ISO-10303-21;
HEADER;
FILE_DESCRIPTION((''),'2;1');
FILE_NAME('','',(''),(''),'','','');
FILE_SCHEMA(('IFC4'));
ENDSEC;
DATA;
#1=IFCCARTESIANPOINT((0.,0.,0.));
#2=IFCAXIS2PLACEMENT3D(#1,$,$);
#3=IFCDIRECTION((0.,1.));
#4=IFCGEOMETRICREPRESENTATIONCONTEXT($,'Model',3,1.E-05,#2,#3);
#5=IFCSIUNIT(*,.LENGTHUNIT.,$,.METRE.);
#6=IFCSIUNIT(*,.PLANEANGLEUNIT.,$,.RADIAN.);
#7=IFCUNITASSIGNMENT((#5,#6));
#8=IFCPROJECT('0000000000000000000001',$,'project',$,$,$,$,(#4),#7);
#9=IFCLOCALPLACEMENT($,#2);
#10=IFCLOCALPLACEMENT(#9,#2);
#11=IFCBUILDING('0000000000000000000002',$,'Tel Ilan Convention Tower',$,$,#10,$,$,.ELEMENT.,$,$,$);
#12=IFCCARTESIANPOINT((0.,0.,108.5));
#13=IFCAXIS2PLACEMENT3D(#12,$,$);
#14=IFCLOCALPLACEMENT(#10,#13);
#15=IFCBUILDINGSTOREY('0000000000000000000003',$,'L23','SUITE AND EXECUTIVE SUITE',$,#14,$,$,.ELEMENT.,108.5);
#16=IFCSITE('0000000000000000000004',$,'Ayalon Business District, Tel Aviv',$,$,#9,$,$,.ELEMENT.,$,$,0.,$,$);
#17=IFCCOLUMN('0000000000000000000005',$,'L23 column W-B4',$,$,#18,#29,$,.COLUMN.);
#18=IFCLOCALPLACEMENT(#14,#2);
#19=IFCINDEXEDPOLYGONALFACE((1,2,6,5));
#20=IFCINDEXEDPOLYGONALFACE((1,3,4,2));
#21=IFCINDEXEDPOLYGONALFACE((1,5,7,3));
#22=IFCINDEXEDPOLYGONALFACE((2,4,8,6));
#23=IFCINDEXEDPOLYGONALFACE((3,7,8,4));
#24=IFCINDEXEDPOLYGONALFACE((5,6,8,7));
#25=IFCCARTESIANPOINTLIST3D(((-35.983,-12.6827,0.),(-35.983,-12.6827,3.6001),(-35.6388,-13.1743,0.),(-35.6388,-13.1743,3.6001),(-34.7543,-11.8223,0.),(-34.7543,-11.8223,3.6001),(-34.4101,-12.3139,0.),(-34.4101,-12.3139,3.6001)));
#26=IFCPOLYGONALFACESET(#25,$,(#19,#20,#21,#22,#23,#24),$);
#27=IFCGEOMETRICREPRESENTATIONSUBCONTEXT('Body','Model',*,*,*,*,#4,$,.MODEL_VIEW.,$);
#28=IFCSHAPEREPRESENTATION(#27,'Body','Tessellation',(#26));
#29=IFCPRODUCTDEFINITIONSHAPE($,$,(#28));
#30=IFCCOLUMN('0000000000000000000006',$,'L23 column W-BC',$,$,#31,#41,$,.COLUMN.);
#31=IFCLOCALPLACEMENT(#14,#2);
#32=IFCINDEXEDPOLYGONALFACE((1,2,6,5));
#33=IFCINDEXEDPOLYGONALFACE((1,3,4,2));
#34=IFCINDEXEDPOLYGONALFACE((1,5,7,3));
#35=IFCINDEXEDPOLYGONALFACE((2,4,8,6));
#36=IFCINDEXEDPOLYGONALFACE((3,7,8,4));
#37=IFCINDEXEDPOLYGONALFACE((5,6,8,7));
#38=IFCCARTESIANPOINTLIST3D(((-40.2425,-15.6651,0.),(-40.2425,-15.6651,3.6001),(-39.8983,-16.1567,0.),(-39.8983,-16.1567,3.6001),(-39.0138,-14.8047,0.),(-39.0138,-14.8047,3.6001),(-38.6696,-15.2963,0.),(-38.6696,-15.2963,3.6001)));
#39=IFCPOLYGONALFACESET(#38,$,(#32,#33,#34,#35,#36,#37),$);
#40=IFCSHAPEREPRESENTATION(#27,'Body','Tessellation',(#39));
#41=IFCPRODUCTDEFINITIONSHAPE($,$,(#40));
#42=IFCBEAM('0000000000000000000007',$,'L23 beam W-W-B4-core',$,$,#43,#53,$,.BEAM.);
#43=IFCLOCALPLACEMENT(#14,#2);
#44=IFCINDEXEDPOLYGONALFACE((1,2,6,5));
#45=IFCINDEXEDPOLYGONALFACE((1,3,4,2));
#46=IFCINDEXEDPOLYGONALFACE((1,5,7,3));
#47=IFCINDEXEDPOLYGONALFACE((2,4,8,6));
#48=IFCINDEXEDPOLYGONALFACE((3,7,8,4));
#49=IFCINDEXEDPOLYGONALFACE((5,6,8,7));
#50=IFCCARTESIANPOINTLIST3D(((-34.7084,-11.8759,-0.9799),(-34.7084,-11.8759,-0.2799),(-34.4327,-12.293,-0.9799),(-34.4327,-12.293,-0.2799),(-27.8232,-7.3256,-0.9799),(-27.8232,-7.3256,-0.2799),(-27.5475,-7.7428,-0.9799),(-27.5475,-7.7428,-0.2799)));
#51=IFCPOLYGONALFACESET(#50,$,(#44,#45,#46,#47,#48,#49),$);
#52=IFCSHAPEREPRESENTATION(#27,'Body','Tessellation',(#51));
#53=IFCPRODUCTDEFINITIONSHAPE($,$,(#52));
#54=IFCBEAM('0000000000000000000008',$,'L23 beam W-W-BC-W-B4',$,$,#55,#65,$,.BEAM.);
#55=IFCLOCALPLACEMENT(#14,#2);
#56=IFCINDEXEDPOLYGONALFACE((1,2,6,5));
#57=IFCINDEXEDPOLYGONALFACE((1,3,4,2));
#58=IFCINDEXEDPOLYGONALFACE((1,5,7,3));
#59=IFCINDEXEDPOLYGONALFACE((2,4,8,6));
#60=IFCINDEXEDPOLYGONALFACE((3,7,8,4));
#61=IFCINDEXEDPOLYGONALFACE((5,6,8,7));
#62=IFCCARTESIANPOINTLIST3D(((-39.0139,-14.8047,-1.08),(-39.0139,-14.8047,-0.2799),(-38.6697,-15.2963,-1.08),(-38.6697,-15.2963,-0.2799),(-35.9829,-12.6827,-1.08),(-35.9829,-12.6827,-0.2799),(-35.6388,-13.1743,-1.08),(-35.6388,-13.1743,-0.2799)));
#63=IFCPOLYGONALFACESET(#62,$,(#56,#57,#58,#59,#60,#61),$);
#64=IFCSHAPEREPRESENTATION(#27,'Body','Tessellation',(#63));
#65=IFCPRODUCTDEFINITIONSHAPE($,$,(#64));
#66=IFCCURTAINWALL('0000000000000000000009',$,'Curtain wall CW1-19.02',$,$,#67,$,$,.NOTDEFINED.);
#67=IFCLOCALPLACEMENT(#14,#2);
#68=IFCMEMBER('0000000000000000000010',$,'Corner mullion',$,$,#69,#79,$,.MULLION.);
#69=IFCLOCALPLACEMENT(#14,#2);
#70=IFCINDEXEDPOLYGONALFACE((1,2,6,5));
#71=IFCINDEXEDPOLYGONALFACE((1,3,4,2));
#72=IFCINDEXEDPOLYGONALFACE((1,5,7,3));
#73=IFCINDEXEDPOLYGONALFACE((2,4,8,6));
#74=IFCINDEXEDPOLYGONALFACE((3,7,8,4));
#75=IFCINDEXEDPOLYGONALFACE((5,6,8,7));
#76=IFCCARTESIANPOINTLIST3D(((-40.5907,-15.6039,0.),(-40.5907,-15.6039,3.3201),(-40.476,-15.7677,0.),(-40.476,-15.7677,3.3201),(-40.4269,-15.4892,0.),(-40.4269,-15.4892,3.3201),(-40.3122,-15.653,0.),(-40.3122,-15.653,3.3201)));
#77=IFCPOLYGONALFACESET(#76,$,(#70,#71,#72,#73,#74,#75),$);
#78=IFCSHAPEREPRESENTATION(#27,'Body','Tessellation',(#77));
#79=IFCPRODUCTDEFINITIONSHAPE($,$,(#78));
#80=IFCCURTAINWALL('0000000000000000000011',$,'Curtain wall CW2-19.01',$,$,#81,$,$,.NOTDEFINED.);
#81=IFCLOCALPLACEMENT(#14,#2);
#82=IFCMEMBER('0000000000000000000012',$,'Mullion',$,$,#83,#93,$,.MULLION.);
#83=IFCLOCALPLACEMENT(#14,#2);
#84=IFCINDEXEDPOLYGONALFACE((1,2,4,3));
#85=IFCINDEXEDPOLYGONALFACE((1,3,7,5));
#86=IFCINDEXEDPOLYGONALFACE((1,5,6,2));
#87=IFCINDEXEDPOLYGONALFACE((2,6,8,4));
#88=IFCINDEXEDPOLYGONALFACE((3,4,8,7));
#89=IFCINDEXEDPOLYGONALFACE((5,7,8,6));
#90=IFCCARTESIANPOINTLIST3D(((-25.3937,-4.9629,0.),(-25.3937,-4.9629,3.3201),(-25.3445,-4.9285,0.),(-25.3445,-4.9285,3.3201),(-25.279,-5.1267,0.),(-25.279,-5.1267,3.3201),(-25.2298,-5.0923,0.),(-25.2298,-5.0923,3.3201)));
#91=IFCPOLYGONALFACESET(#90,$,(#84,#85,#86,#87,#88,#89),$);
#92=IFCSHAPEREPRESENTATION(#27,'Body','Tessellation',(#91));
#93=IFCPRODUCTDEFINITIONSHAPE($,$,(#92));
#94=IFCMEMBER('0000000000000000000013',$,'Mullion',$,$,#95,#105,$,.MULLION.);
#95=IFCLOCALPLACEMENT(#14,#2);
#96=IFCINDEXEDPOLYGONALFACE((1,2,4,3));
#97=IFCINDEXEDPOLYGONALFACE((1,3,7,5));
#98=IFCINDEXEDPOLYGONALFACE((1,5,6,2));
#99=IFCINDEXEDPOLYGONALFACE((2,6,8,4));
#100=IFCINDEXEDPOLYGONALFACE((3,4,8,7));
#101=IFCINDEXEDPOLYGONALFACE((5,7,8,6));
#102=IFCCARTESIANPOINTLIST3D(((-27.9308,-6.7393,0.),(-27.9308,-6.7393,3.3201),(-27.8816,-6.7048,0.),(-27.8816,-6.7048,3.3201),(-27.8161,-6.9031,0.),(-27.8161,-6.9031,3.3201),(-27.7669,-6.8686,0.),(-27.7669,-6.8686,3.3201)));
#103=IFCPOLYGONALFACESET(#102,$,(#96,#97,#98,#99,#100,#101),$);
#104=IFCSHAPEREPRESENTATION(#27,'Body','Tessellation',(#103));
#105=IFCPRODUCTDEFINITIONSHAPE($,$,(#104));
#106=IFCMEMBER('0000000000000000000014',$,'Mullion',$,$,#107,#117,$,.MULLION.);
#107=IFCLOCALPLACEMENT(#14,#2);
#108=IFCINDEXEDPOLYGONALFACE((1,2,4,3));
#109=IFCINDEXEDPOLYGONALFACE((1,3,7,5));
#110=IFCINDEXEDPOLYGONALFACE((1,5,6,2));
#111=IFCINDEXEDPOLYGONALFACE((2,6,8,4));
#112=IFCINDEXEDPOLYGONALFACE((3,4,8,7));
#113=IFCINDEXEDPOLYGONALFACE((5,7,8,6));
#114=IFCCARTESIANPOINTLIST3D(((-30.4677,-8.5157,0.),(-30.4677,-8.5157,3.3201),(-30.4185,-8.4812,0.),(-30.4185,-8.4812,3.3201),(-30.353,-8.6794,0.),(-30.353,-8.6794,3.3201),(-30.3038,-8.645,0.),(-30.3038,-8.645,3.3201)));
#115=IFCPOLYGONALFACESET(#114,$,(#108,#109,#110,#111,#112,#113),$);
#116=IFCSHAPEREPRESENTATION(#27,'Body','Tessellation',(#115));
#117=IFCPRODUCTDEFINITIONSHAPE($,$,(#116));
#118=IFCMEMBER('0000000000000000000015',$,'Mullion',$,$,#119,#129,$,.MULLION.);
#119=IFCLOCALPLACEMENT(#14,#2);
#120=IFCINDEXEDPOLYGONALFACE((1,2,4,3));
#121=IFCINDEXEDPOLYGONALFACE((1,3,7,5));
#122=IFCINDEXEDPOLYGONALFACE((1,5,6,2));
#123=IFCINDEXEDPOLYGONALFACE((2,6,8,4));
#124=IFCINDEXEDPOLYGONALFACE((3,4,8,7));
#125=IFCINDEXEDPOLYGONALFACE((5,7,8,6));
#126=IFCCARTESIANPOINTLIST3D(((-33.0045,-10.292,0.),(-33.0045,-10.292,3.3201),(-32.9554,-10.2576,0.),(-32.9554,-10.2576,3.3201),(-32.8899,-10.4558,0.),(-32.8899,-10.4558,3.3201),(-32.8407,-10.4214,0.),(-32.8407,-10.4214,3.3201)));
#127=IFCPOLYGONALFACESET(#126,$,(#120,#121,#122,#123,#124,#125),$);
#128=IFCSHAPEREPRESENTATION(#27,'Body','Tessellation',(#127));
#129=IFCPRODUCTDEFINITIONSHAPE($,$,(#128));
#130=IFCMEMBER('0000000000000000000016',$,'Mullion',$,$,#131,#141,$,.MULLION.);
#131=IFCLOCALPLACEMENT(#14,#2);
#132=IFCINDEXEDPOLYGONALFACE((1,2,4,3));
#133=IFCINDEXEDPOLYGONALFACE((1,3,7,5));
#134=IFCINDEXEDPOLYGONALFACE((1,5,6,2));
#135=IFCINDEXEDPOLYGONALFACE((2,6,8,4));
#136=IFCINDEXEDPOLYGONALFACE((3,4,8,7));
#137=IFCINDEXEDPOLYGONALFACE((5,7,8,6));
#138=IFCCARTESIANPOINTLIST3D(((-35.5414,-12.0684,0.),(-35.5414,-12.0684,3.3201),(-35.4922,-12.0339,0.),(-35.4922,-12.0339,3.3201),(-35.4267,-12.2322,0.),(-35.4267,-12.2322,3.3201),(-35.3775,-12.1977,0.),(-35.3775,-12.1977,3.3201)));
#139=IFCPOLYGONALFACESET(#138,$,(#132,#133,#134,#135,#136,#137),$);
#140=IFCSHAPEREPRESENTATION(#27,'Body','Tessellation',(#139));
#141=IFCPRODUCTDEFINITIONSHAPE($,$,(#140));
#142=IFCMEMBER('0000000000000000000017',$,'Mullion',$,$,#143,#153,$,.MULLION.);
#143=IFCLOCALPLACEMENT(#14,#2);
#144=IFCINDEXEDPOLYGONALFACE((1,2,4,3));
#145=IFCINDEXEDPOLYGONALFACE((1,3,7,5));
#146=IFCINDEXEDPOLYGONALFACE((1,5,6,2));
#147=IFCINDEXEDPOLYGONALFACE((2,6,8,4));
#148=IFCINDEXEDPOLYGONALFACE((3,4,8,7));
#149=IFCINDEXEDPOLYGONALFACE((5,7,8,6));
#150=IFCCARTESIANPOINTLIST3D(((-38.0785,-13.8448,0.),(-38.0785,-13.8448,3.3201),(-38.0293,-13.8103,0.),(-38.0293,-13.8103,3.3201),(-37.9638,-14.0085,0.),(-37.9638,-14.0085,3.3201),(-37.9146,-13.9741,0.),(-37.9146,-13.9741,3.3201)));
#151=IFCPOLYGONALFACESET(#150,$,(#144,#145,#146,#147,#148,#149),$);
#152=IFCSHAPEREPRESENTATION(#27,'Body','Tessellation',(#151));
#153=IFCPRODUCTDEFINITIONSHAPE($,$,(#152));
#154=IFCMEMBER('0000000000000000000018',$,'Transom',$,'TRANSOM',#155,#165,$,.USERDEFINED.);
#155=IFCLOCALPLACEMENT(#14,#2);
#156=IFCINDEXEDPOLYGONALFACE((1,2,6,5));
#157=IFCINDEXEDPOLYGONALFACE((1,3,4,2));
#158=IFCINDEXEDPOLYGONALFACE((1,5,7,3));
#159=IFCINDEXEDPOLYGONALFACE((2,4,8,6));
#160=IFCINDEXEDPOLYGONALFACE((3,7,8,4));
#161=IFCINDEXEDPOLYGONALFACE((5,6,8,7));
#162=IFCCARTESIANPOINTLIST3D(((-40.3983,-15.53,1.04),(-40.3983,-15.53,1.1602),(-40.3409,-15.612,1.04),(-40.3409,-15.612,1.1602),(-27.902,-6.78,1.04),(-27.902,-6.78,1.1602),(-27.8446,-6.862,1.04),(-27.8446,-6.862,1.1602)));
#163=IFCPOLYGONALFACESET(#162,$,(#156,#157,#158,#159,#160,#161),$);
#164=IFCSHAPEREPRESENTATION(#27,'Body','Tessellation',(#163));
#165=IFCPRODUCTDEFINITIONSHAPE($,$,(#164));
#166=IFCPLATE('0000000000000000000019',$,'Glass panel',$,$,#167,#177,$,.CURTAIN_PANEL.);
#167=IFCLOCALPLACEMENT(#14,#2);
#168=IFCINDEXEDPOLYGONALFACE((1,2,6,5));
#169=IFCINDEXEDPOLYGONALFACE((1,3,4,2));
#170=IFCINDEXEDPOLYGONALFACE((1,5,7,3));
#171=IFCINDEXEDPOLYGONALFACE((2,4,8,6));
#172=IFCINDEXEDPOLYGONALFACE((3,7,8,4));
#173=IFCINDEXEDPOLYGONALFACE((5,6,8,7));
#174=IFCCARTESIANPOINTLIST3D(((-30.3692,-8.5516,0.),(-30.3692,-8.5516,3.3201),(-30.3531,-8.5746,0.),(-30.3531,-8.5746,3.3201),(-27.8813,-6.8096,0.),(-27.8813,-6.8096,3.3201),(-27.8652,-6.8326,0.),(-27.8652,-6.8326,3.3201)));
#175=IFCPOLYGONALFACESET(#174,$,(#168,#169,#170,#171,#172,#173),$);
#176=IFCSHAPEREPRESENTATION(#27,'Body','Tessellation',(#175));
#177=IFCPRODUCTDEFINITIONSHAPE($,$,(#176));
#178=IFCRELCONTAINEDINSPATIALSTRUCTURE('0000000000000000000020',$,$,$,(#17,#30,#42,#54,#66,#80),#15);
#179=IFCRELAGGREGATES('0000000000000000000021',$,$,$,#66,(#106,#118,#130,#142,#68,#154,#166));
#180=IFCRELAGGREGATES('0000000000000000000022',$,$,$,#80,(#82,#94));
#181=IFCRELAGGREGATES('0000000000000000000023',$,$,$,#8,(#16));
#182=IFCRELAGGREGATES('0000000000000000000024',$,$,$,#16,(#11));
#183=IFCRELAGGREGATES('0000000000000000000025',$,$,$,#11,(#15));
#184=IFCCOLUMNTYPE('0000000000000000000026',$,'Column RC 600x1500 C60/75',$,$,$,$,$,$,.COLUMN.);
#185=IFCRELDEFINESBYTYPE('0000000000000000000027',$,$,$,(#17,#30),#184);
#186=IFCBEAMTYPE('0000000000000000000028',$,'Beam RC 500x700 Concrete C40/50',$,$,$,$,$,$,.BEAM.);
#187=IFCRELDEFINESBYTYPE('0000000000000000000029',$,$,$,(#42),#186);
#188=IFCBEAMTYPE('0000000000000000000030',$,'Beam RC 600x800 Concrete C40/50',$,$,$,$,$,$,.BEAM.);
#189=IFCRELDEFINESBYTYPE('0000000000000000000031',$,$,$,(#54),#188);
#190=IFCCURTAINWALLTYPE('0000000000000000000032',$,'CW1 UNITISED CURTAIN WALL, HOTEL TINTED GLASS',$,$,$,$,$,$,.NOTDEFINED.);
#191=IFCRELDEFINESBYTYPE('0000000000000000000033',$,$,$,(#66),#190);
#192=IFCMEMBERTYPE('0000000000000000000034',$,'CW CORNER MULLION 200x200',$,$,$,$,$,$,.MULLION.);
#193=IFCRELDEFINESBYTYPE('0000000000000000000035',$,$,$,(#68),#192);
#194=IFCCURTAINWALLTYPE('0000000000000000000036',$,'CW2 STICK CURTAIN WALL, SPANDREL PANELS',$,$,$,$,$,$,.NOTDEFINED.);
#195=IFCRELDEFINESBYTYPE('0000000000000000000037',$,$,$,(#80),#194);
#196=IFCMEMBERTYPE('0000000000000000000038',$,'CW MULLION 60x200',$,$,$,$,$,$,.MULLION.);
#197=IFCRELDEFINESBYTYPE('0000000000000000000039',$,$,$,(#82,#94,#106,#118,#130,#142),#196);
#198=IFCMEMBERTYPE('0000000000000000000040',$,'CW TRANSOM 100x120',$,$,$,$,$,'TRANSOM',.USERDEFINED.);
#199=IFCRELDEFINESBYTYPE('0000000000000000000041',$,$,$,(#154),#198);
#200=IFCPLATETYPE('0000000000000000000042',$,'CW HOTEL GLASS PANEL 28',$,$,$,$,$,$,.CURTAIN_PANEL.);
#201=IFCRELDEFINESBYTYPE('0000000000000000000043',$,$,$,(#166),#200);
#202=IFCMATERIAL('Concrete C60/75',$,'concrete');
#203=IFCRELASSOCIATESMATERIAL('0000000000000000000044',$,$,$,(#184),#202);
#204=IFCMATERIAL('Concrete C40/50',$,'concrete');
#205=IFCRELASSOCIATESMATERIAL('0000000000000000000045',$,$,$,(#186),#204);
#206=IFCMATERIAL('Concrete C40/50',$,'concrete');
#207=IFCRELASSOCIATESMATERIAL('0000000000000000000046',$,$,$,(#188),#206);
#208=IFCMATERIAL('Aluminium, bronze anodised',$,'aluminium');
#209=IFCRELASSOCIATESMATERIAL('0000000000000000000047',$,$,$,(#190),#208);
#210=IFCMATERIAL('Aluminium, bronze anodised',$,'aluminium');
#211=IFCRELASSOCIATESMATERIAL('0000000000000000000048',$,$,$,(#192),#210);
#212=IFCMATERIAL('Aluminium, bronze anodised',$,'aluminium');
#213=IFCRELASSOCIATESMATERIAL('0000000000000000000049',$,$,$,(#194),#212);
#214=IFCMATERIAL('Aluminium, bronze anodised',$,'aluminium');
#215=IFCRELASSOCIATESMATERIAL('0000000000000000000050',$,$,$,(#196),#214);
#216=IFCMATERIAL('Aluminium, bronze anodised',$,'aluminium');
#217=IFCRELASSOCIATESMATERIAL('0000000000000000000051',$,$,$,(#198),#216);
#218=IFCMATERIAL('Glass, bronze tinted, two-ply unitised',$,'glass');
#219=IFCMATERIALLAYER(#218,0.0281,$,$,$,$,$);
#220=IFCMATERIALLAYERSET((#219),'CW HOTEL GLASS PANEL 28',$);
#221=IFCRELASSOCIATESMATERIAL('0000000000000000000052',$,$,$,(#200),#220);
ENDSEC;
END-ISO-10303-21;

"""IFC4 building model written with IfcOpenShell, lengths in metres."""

from ifc_helpers import new_model, si_unit, direction, frame, origin, origin_2d, place, context, subcontext, project, spatial, rectangle, extrude, material, layer, layer_set, material_profile, profile_set, type_object, element, aggregate, save


model = new_model("IFC4")

# Units and contexts
model_context = context("Model", 3, precision=1e-05, world=origin(), true_north=direction((0.0, 1.0)))
body_context = subcontext(model_context, "Body", "Model", "MODEL_VIEW")
ifc_project = project(units=[si_unit("LENGTHUNIT", "METRE"), si_unit("PLANEANGLEUNIT", "RADIAN")], contexts=[model_context])

# Site, building, storey
site_placement = place(None, origin())
site = spatial("IfcSite", under=ifc_project, at=site_placement, Name="Ayalon Business District, Tel Aviv", CompositionType="ELEMENT", RefElevation=0.0)
building_placement = place(site_placement, origin())
building = spatial("IfcBuilding", under=site, at=building_placement, Name="Tel Ilan Convention Tower", CompositionType="ELEMENT")
storey_placement = place(building_placement, frame((0.0, 0.0, 108.5)))
storey = spatial("IfcBuildingStorey", under=building, at=storey_placement, Name="L23", Description="SUITE AND EXECUTIVE SUITE", CompositionType="ELEMENT", Elevation=108.5)

# Columns
ifc_material_1 = material(Name="Concrete C60/75", Category="concrete")
ifc_material_profile_1 = material_profile(ifc_material_1, rectangle(XDim=1.5, YDim=0.6001, at=origin_2d()), Name="RC 600x1500")
ifc_profile_set_1 = profile_set([ifc_material_profile_1], Name="Concrete C60/75")
column_type = type_object("IfcColumnType", Name="Column RC 600x1500 C60/75", PredefinedType="COLUMN", material=ifc_profile_set_1)
for number, where, z_axis, x_axis, name in (
    (1, (-35.1965, -12.4983, 0.0), (0.0, 0.0, 1.0), (-0.819152, -0.573576, 0.0), "L23 column W-B4"),
    (2, (-39.4561, -15.4807, 0.0), (0.0, 0.0, 1.0), (-0.819152, -0.573576, 0.0), "L23 column W-BC"),
):
    element("IfcColumn", number, at=place(storey_placement, frame(where, z_axis=z_axis, x_axis=x_axis)), inside=storey, type_object=column_type, Name=name, PredefinedType="COLUMN", context=body_context, shape_type="SweptSolid", body=[
        extrude(rectangle(XDim=1.5, YDim=0.6001, at=origin_2d()), origin(), (0.0, 0.0, 1.0), 3.6001),
    ])

# Beams
ifc_material_2 = material(Name="Concrete C40/50", Category="concrete")
ifc_material_profile_2 = material_profile(ifc_material_2, rectangle(XDim=0.5, YDim=0.7, at=origin_2d()), Name="RC 500x700")
ifc_profile_set_2 = profile_set([ifc_material_profile_2], Name="Concrete C40/50")
beam_type_1 = type_object("IfcBeamType", Name="Beam RC 500x700 Concrete C40/50", PredefinedType="BEAM", material=ifc_profile_set_2)
beam_1_placement = place(storey_placement, frame((-34.5706, -12.0845, -0.6299), z_axis=(0.834274, 0.551351, 0.0), x_axis=(-0.551351, 0.834274, 0.0)))
element("IfcBeam", 3, at=beam_1_placement, inside=storey, type_object=beam_type_1, Name="L23 beam W-W-B4-core", PredefinedType="BEAM", context=body_context, shape_type="SweptSolid", body=[
    extrude(rectangle(XDim=0.5, YDim=0.7, at=origin_2d()), origin(), (0.0, 0.0, 1.0), 8.2529),
])
ifc_material_3 = material(Name="Concrete C40/50", Category="concrete")
ifc_material_profile_3 = material_profile(ifc_material_3, rectangle(XDim=0.6001, YDim=0.8, at=origin_2d()), Name="RC 600x800")
ifc_profile_set_3 = profile_set([ifc_material_profile_3], Name="Concrete C40/50")
beam_type_2 = type_object("IfcBeamType", Name="Beam RC 600x800 Concrete C40/50", PredefinedType="BEAM", material=ifc_profile_set_3)
beam_2_placement = place(storey_placement, frame((-38.8418, -15.0505, -0.6799), z_axis=(0.819185, 0.573529, 0.0), x_axis=(-0.573529, 0.819185, 0.0)))
element("IfcBeam", 4, at=beam_2_placement, inside=storey, type_object=beam_type_2, Name="L23 beam W-W-BC-W-B4", PredefinedType="BEAM", context=body_context, shape_type="SweptSolid", body=[
    extrude(rectangle(XDim=0.6001, YDim=0.8, at=origin_2d()), origin(), (0.0, 0.0, 1.0), 3.7),
])

# Curtain wall, member
ifc_material_4 = material(Name="Aluminium, bronze anodised", Category="aluminium")
curtain_wall_type_1 = type_object("IfcCurtainWallType", Name="CW1 UNITISED CURTAIN WALL, HOTEL TINTED GLASS", PredefinedType="NOTDEFINED", material=ifc_material_4)
curtain_wall_1_placement = place(storey_placement, origin())
curtain_wall_1 = element("IfcCurtainWall", 5, at=curtain_wall_1_placement, inside=storey, type_object=curtain_wall_type_1, Name="Curtain wall CW1-19.02", PredefinedType="NOTDEFINED")
ifc_material_5 = material(Name="Aluminium, bronze anodised", Category="aluminium")
ifc_material_profile_4 = material_profile(ifc_material_5, rectangle(XDim=0.2, YDim=0.2, at=origin_2d()), Name="CW CORNER MULLION 200x200")
ifc_profile_set_4 = profile_set([ifc_material_profile_4], Name="Aluminium, bronze anodised")
member_type_1 = type_object("IfcMemberType", Name="CW CORNER MULLION 200x200", PredefinedType="MULLION", material=ifc_profile_set_4)
member_1_placement = place(storey_placement, frame((-40.4514, -15.6284, 0.0), z_axis=(0.0, 0.0, 1.0), x_axis=(-0.819152, -0.573576, 0.0)))
member_1 = element("IfcMember", 6, at=member_1_placement, type_object=member_type_1, Name="Corner mullion", PredefinedType="MULLION", context=body_context, shape_type="SweptSolid", body=[
    extrude(rectangle(XDim=0.2, YDim=0.2, at=origin_2d()), origin(), (0.0, 0.0, 1.0), 3.3201),
])

# Curtain wall, members
ifc_material_6 = material(Name="Aluminium, bronze anodised", Category="aluminium")
curtain_wall_type_2 = type_object("IfcCurtainWallType", Name="CW2 STICK CURTAIN WALL, SPANDREL PANELS", PredefinedType="NOTDEFINED", material=ifc_material_6)
curtain_wall_2_placement = place(storey_placement, origin())
curtain_wall_2 = element("IfcCurtainWall", 7, at=curtain_wall_2_placement, inside=storey, type_object=curtain_wall_type_2, Name="Curtain wall CW2-19.01", PredefinedType="NOTDEFINED")
ifc_material_7 = material(Name="Aluminium, bronze anodised", Category="aluminium")
ifc_material_profile_5 = material_profile(ifc_material_7, rectangle(XDim=0.0601, YDim=0.2, at=origin_2d()), Name="CW MULLION 60x200")
ifc_profile_set_5 = profile_set([ifc_material_profile_5], Name="Aluminium, bronze anodised")
member_type_2 = type_object("IfcMemberType", Name="CW MULLION 60x200", PredefinedType="MULLION", material=ifc_profile_set_5)
member_2_placement = place(storey_placement, frame((-25.3118, -5.0276, 0.0), z_axis=(0.0, 0.0, 1.0), x_axis=(-0.819152, -0.573576, 0.0)))
member_2 = element("IfcMember", 8, at=member_2_placement, type_object=member_type_2, Name="Mullion", PredefinedType="MULLION", context=body_context, shape_type="SweptSolid", body=[
    extrude(rectangle(XDim=0.0601, YDim=0.2, at=origin_2d()), origin(), (0.0, 0.0, 1.0), 3.3201),
])
member_3_placement = place(storey_placement, frame((-27.8489, -6.804, 0.0), z_axis=(0.0, 0.0, 1.0), x_axis=(-0.819152, -0.573576, 0.0)))
member_3 = element("IfcMember", 9, at=member_3_placement, type_object=member_type_2, Name="Mullion", PredefinedType="MULLION", context=body_context, shape_type="SweptSolid", body=[
    extrude(rectangle(XDim=0.0601, YDim=0.2, at=origin_2d()), origin(), (0.0, 0.0, 1.0), 3.3201),
])

# Members
member_4_placement = place(storey_placement, frame((-30.3857, -8.5803, 0.0), z_axis=(0.0, 0.0, 1.0), x_axis=(-0.819152, -0.573576, 0.0)))
member_4 = element("IfcMember", 10, at=member_4_placement, type_object=member_type_2, Name="Mullion", PredefinedType="MULLION", context=body_context, shape_type="SweptSolid", body=[
    extrude(rectangle(XDim=0.0601, YDim=0.2, at=origin_2d()), origin(), (0.0, 0.0, 1.0), 3.3201),
])
member_5_placement = place(storey_placement, frame((-32.9226, -10.3567, 0.0), z_axis=(0.0, 0.0, 1.0), x_axis=(-0.819152, -0.573576, 0.0)))
member_5 = element("IfcMember", 11, at=member_5_placement, type_object=member_type_2, Name="Mullion", PredefinedType="MULLION", context=body_context, shape_type="SweptSolid", body=[
    extrude(rectangle(XDim=0.0601, YDim=0.2, at=origin_2d()), origin(), (0.0, 0.0, 1.0), 3.3201),
])
member_6_placement = place(storey_placement, frame((-35.4595, -12.1331, 0.0), z_axis=(0.0, 0.0, 1.0), x_axis=(-0.819152, -0.573576, 0.0)))
member_6 = element("IfcMember", 12, at=member_6_placement, type_object=member_type_2, Name="Mullion", PredefinedType="MULLION", context=body_context, shape_type="SweptSolid", body=[
    extrude(rectangle(XDim=0.0601, YDim=0.2, at=origin_2d()), origin(), (0.0, 0.0, 1.0), 3.3201),
])
member_7_placement = place(storey_placement, frame((-37.9966, -13.9094, 0.0), z_axis=(0.0, 0.0, 1.0), x_axis=(-0.819152, -0.573576, 0.0)))
member_7 = element("IfcMember", 13, at=member_7_placement, type_object=member_type_2, Name="Mullion", PredefinedType="MULLION", context=body_context, shape_type="SweptSolid", body=[
    extrude(rectangle(XDim=0.0601, YDim=0.2, at=origin_2d()), origin(), (0.0, 0.0, 1.0), 3.3201),
])
ifc_material_8 = material(Name="Aluminium, bronze anodised", Category="aluminium")
ifc_material_profile_6 = material_profile(ifc_material_8, rectangle(XDim=0.1001, YDim=0.1201, at=origin_2d()), Name="CW TRANSOM 100x120")
ifc_profile_set_6 = profile_set([ifc_material_profile_6], Name="Aluminium, bronze anodised")
member_type_3 = type_object("IfcMemberType", Name="CW TRANSOM 100x120", ElementType="TRANSOM", PredefinedType="USERDEFINED", material=ifc_profile_set_6)
member_8_placement = place(storey_placement, frame((-27.8733, -6.821, 1.1001), z_axis=(-0.819153, -0.573575, 0.0), x_axis=(0.573575, -0.819153, 0.0)))
member_8 = element("IfcMember", 14, at=member_8_placement, type_object=member_type_3, Name="Transom", ObjectType="TRANSOM", PredefinedType="USERDEFINED", context=body_context, shape_type="SweptSolid", body=[
    extrude(rectangle(XDim=0.1001, YDim=0.1201, at=origin_2d()), origin(), (0.0, 0.0, 1.0), 15.2551),
])

# Plate
ifc_material_9 = material(Name="Glass, bronze tinted, two-ply unitised", Category="glass")
ifc_layer_1 = layer(ifc_material_9, 0.0281)
ifc_layer_set_1 = layer_set([ifc_layer_1], Name="CW HOTEL GLASS PANEL 28")
plate_type_1 = type_object("IfcPlateType", Name="CW HOTEL GLASS PANEL 28", PredefinedType="CURTAIN_PANEL", material=ifc_layer_set_1)
plate_1_placement = place(storey_placement, frame((-29.1172, -7.6921, 0.0), z_axis=(0.0, 0.0, 1.0), x_axis=(-0.819152, -0.573576, 0.0)))
plate_1 = element("IfcPlate", 15, at=plate_1_placement, type_object=plate_type_1, Name="Glass panel", PredefinedType="CURTAIN_PANEL", context=body_context, shape_type="SweptSolid", body=[
    extrude(rectangle(XDim=3.0371, YDim=0.0281, at=origin_2d()), origin(), (0.0, 0.0, 1.0), 3.3201),
])
aggregate(curtain_wall_1, [member_4, member_5, member_6, member_7, member_1, member_8, plate_1])
aggregate(curtain_wall_2, [member_2, member_3])

save(model, "model.ifc")
